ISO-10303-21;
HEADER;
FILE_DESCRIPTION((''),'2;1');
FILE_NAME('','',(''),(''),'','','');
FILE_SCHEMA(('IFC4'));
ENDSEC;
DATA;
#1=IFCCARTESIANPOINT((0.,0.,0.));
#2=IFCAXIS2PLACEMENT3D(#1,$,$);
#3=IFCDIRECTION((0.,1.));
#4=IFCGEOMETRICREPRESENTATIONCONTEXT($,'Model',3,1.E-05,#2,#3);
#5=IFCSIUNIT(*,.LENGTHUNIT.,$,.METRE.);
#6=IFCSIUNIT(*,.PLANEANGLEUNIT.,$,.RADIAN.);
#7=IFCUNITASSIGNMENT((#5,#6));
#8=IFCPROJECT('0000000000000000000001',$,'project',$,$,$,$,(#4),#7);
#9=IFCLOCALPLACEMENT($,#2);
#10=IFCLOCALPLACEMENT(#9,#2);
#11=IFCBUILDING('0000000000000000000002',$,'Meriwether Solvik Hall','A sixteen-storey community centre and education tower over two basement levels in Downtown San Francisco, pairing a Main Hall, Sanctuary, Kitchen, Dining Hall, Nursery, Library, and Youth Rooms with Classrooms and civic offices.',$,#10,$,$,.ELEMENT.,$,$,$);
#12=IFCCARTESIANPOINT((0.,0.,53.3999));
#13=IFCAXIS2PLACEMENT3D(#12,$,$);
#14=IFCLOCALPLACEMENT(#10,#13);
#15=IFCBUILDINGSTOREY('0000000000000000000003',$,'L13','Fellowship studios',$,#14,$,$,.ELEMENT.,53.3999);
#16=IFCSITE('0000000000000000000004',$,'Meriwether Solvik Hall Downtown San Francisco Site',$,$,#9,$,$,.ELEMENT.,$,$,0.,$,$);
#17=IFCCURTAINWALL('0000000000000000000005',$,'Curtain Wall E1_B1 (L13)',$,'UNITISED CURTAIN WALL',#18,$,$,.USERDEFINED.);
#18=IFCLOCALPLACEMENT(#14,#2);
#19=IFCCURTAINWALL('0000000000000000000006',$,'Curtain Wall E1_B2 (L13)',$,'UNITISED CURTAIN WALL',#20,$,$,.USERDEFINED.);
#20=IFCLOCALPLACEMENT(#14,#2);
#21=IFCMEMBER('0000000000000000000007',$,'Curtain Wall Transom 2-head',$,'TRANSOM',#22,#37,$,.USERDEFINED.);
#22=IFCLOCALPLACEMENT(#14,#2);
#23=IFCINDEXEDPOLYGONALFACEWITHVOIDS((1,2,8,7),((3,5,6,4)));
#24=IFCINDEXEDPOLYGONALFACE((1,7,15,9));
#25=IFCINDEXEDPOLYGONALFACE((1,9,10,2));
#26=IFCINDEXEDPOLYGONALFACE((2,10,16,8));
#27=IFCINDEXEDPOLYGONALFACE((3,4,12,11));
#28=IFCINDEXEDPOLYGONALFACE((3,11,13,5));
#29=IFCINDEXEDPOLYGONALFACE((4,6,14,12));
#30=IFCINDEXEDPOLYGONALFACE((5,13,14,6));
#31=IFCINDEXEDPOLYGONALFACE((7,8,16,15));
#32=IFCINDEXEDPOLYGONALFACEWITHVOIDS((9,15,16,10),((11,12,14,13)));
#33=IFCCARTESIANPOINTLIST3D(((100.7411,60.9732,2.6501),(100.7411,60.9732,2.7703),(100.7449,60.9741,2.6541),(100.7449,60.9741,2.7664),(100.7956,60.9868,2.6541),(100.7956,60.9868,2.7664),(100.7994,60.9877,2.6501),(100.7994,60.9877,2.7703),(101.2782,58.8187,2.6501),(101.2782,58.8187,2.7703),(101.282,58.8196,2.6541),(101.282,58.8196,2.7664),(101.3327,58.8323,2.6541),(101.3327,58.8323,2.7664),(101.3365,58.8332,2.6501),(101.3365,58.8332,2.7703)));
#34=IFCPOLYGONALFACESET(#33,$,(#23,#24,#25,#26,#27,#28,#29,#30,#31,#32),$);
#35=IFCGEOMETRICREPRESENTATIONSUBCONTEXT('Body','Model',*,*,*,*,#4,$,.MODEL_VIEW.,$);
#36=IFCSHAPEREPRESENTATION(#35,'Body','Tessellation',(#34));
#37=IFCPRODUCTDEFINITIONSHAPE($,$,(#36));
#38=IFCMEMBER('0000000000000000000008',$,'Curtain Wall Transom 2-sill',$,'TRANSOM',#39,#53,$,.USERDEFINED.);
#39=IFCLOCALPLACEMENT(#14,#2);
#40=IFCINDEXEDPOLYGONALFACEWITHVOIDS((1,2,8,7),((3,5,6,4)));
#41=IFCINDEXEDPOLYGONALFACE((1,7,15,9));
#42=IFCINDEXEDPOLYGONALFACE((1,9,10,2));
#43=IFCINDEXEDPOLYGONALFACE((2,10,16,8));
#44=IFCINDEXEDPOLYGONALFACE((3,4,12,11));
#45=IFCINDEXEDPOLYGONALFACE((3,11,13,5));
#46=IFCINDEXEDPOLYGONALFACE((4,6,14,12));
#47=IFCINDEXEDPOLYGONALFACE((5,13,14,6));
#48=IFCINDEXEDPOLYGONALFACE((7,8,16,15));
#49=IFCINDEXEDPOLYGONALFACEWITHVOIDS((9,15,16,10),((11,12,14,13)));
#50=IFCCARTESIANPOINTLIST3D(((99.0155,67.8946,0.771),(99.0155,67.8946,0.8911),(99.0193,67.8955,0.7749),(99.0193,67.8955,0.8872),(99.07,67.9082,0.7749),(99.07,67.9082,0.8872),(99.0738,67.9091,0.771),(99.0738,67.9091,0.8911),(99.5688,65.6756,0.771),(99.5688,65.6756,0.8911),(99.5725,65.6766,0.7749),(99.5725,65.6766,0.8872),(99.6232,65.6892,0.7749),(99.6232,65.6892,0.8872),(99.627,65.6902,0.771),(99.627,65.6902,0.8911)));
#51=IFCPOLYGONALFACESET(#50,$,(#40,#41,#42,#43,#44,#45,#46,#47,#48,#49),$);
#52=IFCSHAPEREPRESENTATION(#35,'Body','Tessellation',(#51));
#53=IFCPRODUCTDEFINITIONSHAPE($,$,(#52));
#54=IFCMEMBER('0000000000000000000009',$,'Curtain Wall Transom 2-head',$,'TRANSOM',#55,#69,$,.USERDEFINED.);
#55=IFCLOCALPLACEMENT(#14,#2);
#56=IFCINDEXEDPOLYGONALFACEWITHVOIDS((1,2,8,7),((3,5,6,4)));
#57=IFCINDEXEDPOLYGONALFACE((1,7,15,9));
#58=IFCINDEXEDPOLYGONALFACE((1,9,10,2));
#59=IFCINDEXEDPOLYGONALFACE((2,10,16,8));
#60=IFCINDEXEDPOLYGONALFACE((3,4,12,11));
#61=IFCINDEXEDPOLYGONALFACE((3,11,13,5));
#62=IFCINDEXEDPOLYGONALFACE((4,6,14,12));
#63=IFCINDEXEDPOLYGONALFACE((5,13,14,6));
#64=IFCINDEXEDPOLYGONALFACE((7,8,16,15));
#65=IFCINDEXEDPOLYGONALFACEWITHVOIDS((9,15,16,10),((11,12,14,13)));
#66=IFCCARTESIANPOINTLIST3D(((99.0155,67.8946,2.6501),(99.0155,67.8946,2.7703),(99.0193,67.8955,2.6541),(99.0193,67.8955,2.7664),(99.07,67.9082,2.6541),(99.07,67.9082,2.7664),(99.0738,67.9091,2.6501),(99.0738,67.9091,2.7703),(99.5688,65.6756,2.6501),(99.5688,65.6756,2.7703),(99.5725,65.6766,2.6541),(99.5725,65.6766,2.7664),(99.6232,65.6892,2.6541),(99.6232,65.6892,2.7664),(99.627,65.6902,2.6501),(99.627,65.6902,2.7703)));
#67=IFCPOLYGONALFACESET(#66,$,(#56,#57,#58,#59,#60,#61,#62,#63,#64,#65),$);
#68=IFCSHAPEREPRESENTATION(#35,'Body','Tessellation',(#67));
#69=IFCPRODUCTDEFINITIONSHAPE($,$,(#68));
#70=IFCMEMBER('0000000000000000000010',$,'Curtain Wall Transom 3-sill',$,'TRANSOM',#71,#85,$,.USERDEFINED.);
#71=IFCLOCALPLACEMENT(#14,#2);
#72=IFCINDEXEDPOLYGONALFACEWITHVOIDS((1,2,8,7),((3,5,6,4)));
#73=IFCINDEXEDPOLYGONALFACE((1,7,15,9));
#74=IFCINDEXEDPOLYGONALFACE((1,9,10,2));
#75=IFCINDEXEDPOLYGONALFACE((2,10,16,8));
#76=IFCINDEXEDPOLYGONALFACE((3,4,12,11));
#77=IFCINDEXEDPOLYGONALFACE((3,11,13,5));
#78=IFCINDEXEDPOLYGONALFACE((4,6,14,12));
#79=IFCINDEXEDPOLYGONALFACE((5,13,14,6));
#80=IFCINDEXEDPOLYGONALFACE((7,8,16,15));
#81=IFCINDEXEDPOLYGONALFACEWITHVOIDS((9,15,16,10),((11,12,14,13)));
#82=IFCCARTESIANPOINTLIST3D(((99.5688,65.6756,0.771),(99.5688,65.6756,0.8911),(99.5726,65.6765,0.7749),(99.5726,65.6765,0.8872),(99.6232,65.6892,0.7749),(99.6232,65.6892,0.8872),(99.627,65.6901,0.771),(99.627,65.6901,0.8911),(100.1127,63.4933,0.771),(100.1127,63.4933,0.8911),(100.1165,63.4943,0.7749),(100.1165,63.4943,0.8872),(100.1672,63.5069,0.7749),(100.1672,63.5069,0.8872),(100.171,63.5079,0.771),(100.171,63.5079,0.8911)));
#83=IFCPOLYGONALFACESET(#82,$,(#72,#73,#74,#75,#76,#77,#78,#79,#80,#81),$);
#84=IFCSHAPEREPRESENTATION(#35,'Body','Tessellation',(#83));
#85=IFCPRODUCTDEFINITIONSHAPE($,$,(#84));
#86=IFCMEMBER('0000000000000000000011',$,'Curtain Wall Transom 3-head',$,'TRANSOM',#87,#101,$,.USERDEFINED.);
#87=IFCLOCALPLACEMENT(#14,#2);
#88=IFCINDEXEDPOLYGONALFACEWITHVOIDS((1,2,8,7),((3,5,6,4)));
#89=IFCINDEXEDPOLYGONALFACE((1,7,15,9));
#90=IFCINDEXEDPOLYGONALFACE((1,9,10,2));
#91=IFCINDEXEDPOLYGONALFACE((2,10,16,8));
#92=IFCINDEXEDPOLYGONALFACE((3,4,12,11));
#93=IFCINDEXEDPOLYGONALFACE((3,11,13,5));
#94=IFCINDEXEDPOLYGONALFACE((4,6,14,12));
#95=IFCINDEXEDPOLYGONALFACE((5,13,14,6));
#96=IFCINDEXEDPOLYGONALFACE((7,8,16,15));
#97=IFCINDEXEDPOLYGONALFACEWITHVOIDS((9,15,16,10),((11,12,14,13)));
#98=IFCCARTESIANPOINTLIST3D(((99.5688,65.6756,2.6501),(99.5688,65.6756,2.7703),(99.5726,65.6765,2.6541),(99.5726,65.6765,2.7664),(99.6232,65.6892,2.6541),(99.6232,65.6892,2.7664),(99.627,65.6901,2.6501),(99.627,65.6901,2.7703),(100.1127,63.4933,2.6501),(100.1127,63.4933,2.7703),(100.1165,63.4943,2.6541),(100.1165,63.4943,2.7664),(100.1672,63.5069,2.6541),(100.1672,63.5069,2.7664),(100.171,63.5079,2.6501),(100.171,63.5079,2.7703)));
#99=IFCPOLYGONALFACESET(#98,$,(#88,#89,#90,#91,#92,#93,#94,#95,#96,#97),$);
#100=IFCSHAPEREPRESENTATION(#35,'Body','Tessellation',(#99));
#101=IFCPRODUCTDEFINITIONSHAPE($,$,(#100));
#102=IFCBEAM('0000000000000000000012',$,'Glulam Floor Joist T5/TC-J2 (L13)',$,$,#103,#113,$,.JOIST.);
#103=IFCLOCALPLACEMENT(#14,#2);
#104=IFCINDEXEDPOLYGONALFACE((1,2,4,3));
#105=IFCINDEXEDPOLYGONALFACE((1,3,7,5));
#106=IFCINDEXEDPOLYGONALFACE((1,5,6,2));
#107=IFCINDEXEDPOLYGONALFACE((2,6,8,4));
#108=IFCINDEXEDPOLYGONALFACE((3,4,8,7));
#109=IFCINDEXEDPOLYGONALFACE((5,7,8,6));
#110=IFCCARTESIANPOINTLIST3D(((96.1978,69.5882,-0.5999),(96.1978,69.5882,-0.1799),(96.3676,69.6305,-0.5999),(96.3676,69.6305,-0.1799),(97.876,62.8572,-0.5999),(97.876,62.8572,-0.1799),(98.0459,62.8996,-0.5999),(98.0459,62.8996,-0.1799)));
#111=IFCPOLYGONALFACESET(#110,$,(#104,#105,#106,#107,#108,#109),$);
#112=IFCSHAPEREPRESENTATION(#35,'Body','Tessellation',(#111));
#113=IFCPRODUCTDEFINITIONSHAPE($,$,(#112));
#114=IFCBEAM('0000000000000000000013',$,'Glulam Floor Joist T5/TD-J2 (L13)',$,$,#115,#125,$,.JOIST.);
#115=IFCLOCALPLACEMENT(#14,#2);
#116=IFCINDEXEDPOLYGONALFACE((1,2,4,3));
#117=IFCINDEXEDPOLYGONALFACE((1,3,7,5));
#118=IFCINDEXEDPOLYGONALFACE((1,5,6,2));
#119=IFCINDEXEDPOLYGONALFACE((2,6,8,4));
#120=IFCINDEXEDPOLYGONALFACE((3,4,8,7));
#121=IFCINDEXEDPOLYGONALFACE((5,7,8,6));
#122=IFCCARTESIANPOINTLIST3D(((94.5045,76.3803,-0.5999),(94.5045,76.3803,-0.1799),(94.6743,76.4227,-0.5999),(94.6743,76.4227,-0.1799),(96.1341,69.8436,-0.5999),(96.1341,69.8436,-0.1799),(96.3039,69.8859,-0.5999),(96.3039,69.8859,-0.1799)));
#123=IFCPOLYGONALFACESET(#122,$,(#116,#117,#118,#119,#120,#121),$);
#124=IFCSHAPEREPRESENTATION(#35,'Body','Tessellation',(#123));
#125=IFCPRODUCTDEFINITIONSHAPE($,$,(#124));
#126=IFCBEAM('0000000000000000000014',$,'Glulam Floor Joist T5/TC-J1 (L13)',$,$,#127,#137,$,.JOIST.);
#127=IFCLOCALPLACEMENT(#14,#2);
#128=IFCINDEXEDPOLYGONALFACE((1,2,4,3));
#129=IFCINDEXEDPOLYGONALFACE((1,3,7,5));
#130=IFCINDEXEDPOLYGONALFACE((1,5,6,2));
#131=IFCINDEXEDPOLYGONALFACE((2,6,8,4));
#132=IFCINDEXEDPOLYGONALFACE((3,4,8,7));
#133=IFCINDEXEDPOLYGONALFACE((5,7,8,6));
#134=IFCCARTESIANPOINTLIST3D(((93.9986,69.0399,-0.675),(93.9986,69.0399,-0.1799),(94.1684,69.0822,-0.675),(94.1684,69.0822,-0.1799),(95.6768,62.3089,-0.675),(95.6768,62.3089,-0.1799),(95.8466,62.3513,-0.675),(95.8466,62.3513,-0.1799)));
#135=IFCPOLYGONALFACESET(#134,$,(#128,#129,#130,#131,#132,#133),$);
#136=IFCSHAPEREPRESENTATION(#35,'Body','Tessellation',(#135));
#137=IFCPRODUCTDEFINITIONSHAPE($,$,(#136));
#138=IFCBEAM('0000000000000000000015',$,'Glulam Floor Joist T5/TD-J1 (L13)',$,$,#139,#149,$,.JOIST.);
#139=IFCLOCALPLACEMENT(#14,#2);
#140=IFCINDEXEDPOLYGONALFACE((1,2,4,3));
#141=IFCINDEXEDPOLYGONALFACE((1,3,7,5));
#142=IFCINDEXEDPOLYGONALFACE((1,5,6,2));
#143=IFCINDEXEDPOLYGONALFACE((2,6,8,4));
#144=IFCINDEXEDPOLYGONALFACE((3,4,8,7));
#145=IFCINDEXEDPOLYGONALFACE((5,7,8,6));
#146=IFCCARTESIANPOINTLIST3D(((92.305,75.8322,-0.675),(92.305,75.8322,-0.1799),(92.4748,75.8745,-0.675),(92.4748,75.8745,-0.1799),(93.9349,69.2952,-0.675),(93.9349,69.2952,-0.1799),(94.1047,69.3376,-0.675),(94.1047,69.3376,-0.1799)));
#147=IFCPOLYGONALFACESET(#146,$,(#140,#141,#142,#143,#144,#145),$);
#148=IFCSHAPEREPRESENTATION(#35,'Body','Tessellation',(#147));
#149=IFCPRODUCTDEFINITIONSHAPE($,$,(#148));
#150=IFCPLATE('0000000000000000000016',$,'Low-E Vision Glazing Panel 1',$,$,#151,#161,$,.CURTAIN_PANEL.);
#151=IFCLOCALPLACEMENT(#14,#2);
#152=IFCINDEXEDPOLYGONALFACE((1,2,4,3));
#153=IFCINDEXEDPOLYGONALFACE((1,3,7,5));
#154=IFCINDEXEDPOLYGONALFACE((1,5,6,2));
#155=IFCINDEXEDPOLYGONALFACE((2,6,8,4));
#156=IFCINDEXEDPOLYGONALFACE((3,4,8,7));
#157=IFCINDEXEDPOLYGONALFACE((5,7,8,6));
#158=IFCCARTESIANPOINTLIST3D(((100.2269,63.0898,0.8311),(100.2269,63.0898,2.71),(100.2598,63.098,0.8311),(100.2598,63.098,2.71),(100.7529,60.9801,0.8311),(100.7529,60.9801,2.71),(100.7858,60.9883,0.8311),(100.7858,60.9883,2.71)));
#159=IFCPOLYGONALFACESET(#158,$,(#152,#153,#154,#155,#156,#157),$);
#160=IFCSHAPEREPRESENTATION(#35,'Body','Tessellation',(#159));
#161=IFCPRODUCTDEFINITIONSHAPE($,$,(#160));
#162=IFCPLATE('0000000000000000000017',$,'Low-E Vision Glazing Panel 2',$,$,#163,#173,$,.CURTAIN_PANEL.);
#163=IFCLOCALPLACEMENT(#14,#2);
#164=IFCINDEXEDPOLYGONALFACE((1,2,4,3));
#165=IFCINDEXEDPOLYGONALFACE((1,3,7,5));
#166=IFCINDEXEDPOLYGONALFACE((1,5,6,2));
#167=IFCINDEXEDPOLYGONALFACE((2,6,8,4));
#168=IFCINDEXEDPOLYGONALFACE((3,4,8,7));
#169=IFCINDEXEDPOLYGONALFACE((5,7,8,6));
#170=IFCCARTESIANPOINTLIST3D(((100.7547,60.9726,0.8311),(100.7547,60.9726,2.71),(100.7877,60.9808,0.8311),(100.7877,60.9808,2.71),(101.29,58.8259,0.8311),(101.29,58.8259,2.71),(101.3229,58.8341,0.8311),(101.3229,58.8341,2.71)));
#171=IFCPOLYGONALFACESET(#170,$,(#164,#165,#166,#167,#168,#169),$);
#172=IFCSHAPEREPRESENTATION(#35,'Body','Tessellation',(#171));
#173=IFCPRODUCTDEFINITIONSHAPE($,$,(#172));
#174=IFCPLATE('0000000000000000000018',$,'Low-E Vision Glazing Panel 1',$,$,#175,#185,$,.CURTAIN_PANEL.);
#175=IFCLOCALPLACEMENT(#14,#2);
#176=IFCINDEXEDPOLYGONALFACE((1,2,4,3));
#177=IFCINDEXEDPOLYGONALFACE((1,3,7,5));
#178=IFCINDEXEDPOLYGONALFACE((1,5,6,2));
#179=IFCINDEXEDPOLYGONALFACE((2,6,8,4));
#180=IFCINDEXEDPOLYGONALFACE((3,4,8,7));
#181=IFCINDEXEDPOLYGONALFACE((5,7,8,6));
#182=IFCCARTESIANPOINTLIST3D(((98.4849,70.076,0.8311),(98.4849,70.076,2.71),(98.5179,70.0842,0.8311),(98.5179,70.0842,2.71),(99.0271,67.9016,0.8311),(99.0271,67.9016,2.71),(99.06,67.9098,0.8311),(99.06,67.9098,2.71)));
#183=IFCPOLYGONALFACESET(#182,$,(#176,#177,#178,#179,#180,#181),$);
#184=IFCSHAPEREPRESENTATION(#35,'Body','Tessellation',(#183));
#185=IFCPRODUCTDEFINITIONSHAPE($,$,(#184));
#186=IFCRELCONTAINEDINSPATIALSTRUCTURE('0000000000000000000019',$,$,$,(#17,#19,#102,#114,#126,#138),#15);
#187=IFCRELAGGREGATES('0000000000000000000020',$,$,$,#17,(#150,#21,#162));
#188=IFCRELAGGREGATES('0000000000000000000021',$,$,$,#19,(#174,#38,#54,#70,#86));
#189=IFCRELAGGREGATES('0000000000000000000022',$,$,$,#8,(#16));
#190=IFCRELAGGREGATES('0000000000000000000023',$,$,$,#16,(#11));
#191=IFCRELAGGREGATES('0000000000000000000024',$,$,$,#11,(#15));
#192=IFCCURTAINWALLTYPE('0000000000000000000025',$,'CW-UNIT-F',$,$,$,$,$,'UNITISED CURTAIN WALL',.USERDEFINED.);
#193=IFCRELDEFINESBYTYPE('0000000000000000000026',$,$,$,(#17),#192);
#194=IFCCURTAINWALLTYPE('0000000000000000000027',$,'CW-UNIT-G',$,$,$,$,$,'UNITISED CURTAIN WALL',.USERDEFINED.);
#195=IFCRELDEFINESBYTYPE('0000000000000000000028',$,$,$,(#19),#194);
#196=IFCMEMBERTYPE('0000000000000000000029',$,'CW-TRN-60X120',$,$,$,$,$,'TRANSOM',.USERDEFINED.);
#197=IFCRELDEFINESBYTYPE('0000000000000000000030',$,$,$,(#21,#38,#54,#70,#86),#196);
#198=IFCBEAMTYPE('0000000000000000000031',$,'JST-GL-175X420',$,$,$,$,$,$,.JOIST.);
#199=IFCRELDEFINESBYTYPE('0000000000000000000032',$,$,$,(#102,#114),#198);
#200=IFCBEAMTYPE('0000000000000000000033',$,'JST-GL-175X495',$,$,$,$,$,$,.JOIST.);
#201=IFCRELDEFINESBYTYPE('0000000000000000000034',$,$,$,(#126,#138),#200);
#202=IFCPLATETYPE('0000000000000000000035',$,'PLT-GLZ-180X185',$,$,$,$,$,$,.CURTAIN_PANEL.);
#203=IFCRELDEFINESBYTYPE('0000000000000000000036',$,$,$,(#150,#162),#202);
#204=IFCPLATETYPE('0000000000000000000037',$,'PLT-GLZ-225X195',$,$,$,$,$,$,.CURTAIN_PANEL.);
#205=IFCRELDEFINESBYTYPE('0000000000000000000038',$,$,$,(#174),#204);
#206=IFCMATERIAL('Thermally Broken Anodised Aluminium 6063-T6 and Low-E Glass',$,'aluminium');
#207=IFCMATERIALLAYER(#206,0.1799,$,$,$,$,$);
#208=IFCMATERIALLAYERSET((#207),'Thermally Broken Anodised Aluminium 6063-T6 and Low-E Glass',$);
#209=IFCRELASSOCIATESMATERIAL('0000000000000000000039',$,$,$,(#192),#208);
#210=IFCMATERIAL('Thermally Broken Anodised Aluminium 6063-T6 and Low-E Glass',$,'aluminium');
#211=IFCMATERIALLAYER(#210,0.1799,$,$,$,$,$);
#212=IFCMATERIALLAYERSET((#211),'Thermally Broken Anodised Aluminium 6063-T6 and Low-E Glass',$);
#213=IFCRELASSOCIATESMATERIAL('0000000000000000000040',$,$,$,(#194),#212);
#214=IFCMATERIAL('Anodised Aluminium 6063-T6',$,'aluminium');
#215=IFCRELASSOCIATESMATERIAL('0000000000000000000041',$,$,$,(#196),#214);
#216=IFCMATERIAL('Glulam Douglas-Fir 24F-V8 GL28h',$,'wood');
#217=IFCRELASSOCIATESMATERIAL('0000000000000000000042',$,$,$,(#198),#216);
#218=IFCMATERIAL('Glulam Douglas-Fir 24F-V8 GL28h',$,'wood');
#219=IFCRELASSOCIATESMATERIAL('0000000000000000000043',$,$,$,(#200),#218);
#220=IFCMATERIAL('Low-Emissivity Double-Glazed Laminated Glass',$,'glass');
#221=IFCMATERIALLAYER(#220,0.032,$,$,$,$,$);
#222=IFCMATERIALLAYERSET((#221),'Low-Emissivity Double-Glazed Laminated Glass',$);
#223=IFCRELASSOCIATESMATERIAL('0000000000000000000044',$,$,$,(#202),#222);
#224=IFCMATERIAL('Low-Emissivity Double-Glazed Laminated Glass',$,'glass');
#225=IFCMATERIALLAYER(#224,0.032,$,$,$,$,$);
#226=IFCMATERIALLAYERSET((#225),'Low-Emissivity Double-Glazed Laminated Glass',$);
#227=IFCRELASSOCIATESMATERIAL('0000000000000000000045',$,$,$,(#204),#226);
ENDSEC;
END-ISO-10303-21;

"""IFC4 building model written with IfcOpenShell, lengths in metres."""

from ifc_helpers import new_model, si_unit, direction, frame, origin, origin_2d, place, context, subcontext, project, spatial, rectangle, hollow_rectangle, extrude, material, layer, layer_set, material_profile, profile_set, type_object, element, aggregate, save


model = new_model("IFC4")

# Units and contexts
model_context = context("Model", 3, precision=1e-05, world=origin(), true_north=direction((0.0, 1.0)))
body_context = subcontext(model_context, "Body", "Model", "MODEL_VIEW")
ifc_project = project(units=[si_unit("LENGTHUNIT", "METRE"), si_unit("PLANEANGLEUNIT", "RADIAN")], contexts=[model_context])

# Site, building, storey
site_placement = place(None, origin())
site = spatial("IfcSite", under=ifc_project, at=site_placement, Name="Meriwether Solvik Hall Downtown San Francisco Site", CompositionType="ELEMENT", RefElevation=0.0)
building_placement = place(site_placement, origin())
building = spatial("IfcBuilding", under=site, at=building_placement, Name="Meriwether Solvik Hall", Description="A sixteen-storey community centre and education tower over two basement levels in Downtown San Francisco, pairing a Main Hall, Sanctuary, Kitchen, Dining Hall, Nursery, Library, and Youth Rooms with Classrooms and civic offices.", CompositionType="ELEMENT")
storey_placement = place(building_placement, frame((0.0, 0.0, 53.3999)))
storey = spatial("IfcBuildingStorey", under=building, at=storey_placement, Name="L13", Description="Fellowship studios", CompositionType="ELEMENT", Elevation=53.3999)

# Curtain walls
ifc_material_1 = material(Name="Thermally Broken Anodised Aluminium 6063-T6 and Low-E Glass", Category="aluminium")
ifc_layer_1 = layer(ifc_material_1, 0.1799)
ifc_layer_set_1 = layer_set([ifc_layer_1], Name="Thermally Broken Anodised Aluminium 6063-T6 and Low-E Glass")
curtain_wall_type_1 = type_object("IfcCurtainWallType", Name="CW-UNIT-F", ElementType="UNITISED CURTAIN WALL", PredefinedType="USERDEFINED", material=ifc_layer_set_1)
curtain_wall_1_placement = place(storey_placement, origin())
curtain_wall_1 = element("IfcCurtainWall", 1, at=curtain_wall_1_placement, inside=storey, type_object=curtain_wall_type_1, Name="Curtain Wall E1_B1 (L13)", ObjectType="UNITISED CURTAIN WALL", PredefinedType="USERDEFINED")
ifc_material_2 = material(Name="Thermally Broken Anodised Aluminium 6063-T6 and Low-E Glass", Category="aluminium")
ifc_layer_2 = layer(ifc_material_2, 0.1799)
ifc_layer_set_2 = layer_set([ifc_layer_2], Name="Thermally Broken Anodised Aluminium 6063-T6 and Low-E Glass")
curtain_wall_type_2 = type_object("IfcCurtainWallType", Name="CW-UNIT-G", ElementType="UNITISED CURTAIN WALL", PredefinedType="USERDEFINED", material=ifc_layer_set_2)
curtain_wall_2_placement = place(storey_placement, origin())
curtain_wall_2 = element("IfcCurtainWall", 2, at=curtain_wall_2_placement, inside=storey, type_object=curtain_wall_type_2, Name="Curtain Wall E1_B2 (L13)", ObjectType="UNITISED CURTAIN WALL", PredefinedType="USERDEFINED")

# Members
ifc_material_3 = material(Name="Anodised Aluminium 6063-T6", Category="aluminium")
ifc_material_profile_1 = material_profile(ifc_material_3, hollow_rectangle(XDim=0.0601, YDim=0.1201, WallThickness=0.0039, at=origin_2d()), Name="CWT-60X120")
ifc_profile_set_1 = profile_set([ifc_material_profile_1], Name="Anodised Aluminium 6063-T6")
member_type_1 = type_object("IfcMemberType", Name="CW-TRN-60X120", ElementType="TRANSOM", PredefinedType="USERDEFINED", material=ifc_profile_set_1)
member_1_placement = place(storey_placement, frame((100.7703, 60.9805, 2.7102), z_axis=(0.241889, -0.970304, 0.0), x_axis=(0.970304, 0.241889, 0.0)))
member_1 = element("IfcMember", 3, at=member_1_placement, type_object=member_type_1, Name="Curtain Wall Transom 2-head", ObjectType="TRANSOM", PredefinedType="USERDEFINED", context=body_context, shape_type="SweptSolid", body=[
    extrude(hollow_rectangle(XDim=0.0601, YDim=0.1201, WallThickness=0.0039, at=origin_2d()), origin(), (0.0, 0.0, 1.0), 2.2205),
])
member_2_placement = place(storey_placement, frame((99.0447, 67.9019, 0.8311), z_axis=(0.241908, -0.970299, 0.0), x_axis=(0.970299, 0.241908, 0.0)))
member_2 = element("IfcMember", 4, at=member_2_placement, type_object=member_type_1, Name="Curtain Wall Transom 2-sill", ObjectType="TRANSOM", PredefinedType="USERDEFINED", context=body_context, shape_type="SweptSolid", body=[
    extrude(hollow_rectangle(XDim=0.0601, YDim=0.1201, WallThickness=0.0039, at=origin_2d()), origin(), (0.0, 0.0, 1.0), 2.2869),
])
member_3_placement = place(storey_placement, frame((99.0447, 67.9019, 2.7102), z_axis=(0.241908, -0.970299, 0.0), x_axis=(0.970299, 0.241908, 0.0)))
member_3 = element("IfcMember", 5, at=member_3_placement, type_object=member_type_1, Name="Curtain Wall Transom 2-head", ObjectType="TRANSOM", PredefinedType="USERDEFINED", context=body_context, shape_type="SweptSolid", body=[
    extrude(hollow_rectangle(XDim=0.0601, YDim=0.1201, WallThickness=0.0039, at=origin_2d()), origin(), (0.0, 0.0, 1.0), 2.2869),
])
member_4_placement = place(storey_placement, frame((99.5979, 65.6829, 0.8311), z_axis=(0.241846, -0.970315, 0.0), x_axis=(0.970315, 0.241846, 0.0)))
member_4 = element("IfcMember", 6, at=member_4_placement, type_object=member_type_1, Name="Curtain Wall Transom 3-sill", ObjectType="TRANSOM", PredefinedType="USERDEFINED", context=body_context, shape_type="SweptSolid", body=[
    extrude(hollow_rectangle(XDim=0.0601, YDim=0.1201, WallThickness=0.0039, at=origin_2d()), origin(), (0.0, 0.0, 1.0), 2.249),
])
member_5_placement = place(storey_placement, frame((99.5979, 65.6829, 2.7102), z_axis=(0.241846, -0.970315, 0.0), x_axis=(0.970315, 0.241846, 0.0)))
member_5 = element("IfcMember", 7, at=member_5_placement, type_object=member_type_1, Name="Curtain Wall Transom 3-head", ObjectType="TRANSOM", PredefinedType="USERDEFINED", context=body_context, shape_type="SweptSolid", body=[
    extrude(hollow_rectangle(XDim=0.0601, YDim=0.1201, WallThickness=0.0039, at=origin_2d()), origin(), (0.0, 0.0, 1.0), 2.249),
])

# Beams
ifc_material_4 = material(Name="Glulam Douglas-Fir 24F-V8 GL28h", Category="wood")
ifc_material_profile_2 = material_profile(ifc_material_4, rectangle(XDim=0.175, YDim=0.4199, at=origin_2d()), Name="GLJ-175X420")
ifc_profile_set_2 = profile_set([ifc_material_profile_2], Name="Glulam Douglas-Fir 24F-V8 GL28h")
beam_type_1 = type_object("IfcBeamType", Name="JST-GL-175X420", PredefinedType="JOIST", material=ifc_profile_set_2)
beam_1_placement = place(storey_placement, frame((97.9609, 62.8784, -0.3899), z_axis=(-0.241923, 0.970296, 0.0), x_axis=(-0.970296, -0.241923, 0.0)))
element("IfcBeam", 8, at=beam_1_placement, inside=storey, type_object=beam_type_1, Name="Glulam Floor Joist T5/TC-J2 (L13)", PredefinedType="JOIST", context=body_context, shape_type="SweptSolid", body=[
    extrude(rectangle(XDim=0.175, YDim=0.4199, at=origin_2d()), origin(), (0.0, 0.0, 1.0), 6.937),
])
beam_2_placement = place(storey_placement, frame((96.219, 69.8647, -0.3899), z_axis=(-0.241896, 0.970302, 0.0), x_axis=(-0.970302, -0.241896, 0.0)))
element("IfcBeam", 9, at=beam_2_placement, inside=storey, type_object=beam_type_1, Name="Glulam Floor Joist T5/TD-J2 (L13)", PredefinedType="JOIST", context=body_context, shape_type="SweptSolid", body=[
    extrude(rectangle(XDim=0.175, YDim=0.4199, at=origin_2d()), origin(), (0.0, 0.0, 1.0), 6.7368),
])
ifc_material_5 = material(Name="Glulam Douglas-Fir 24F-V8 GL28h", Category="wood")
ifc_material_profile_3 = material_profile(ifc_material_5, rectangle(XDim=0.175, YDim=0.4951, at=origin_2d()), Name="GLJ-175X495")
ifc_profile_set_3 = profile_set([ifc_material_profile_3], Name="Glulam Douglas-Fir 24F-V8 GL28h")
beam_type_2 = type_object("IfcBeamType", Name="JST-GL-175X495", PredefinedType="JOIST", material=ifc_profile_set_3)
beam_3_placement = place(storey_placement, frame((95.7617, 62.3301, -0.4275), z_axis=(-0.241923, 0.970296, 0.0), x_axis=(-0.970296, -0.241923, 0.0)))
element("IfcBeam", 10, at=beam_3_placement, inside=storey, type_object=beam_type_2, Name="Glulam Floor Joist T5/TC-J1 (L13)", PredefinedType="JOIST", context=body_context, shape_type="SweptSolid", body=[
    extrude(rectangle(XDim=0.175, YDim=0.4951, at=origin_2d()), origin(), (0.0, 0.0, 1.0), 6.937),
])
beam_4_placement = place(storey_placement, frame((94.0198, 69.3164, -0.4275), z_axis=(-0.24193, 0.970294, 0.0), x_axis=(-0.970294, -0.24193, 0.0)))
element("IfcBeam", 11, at=beam_4_placement, inside=storey, type_object=beam_type_2, Name="Glulam Floor Joist T5/TD-J1 (L13)", PredefinedType="JOIST", context=body_context, shape_type="SweptSolid", body=[
    extrude(rectangle(XDim=0.175, YDim=0.4951, at=origin_2d()), origin(), (0.0, 0.0, 1.0), 6.7371),
])

# Plates
ifc_material_6 = material(Name="Low-Emissivity Double-Glazed Laminated Glass", Category="glass")
ifc_layer_3 = layer(ifc_material_6, 0.032)
ifc_layer_set_3 = layer_set([ifc_layer_3], Name="Low-Emissivity Double-Glazed Laminated Glass")
plate_type_1 = type_object("IfcPlateType", Name="PLT-GLZ-180X185", PredefinedType="CURTAIN_PANEL", material=ifc_layer_set_3)
plate_1_placement = place(storey_placement, frame((100.5063, 62.0391, 0.8311), z_axis=(0.0, 0.0, 1.0), x_axis=(0.241922, -0.970296, 0.0)))
plate_1 = element("IfcPlate", 12, at=plate_1_placement, type_object=plate_type_1, Name="Low-E Vision Glazing Panel 1", PredefinedType="CURTAIN_PANEL", context=body_context, shape_type="SweptSolid", body=[
    extrude(rectangle(XDim=2.1743, YDim=0.0339, at=origin_2d()), origin(), (0.0, 0.0, 1.0), 1.8789),
])
plate_2_placement = place(storey_placement, frame((101.0388, 59.9033, 0.8311), z_axis=(0.0, 0.0, 1.0), x_axis=(0.241922, -0.970296, 0.0)))
plate_2 = element("IfcPlate", 13, at=plate_2_placement, type_object=plate_type_1, Name="Low-E Vision Glazing Panel 2", PredefinedType="CURTAIN_PANEL", context=body_context, shape_type="SweptSolid", body=[
    extrude(rectangle(XDim=2.2124, YDim=0.0339, at=origin_2d()), origin(), (0.0, 0.0, 1.0), 1.8789),
])
ifc_material_7 = material(Name="Low-Emissivity Double-Glazed Laminated Glass", Category="glass")
ifc_layer_4 = layer(ifc_material_7, 0.032)
ifc_layer_set_4 = layer_set([ifc_layer_4], Name="Low-Emissivity Double-Glazed Laminated Glass")
plate_type_2 = type_object("IfcPlateType", Name="PLT-GLZ-225X195", PredefinedType="CURTAIN_PANEL", material=ifc_layer_set_4)
plate_3_placement = place(storey_placement, frame((98.7725, 68.9929, 0.8311), z_axis=(0.0, 0.0, 1.0), x_axis=(0.241922, -0.970296, 0.0)))
plate_3 = element("IfcPlate", 14, at=plate_3_placement, type_object=plate_type_2, Name="Low-E Vision Glazing Panel 1", PredefinedType="CURTAIN_PANEL", context=body_context, shape_type="SweptSolid", body=[
    extrude(rectangle(XDim=2.241, YDim=0.0339, at=origin_2d()), origin(), (0.0, 0.0, 1.0), 1.8789),
])
aggregate(curtain_wall_1, [plate_1, member_1, plate_2])
aggregate(curtain_wall_2, [plate_3, member_2, member_3, member_4, member_5])

save(model, "model.ifc")
